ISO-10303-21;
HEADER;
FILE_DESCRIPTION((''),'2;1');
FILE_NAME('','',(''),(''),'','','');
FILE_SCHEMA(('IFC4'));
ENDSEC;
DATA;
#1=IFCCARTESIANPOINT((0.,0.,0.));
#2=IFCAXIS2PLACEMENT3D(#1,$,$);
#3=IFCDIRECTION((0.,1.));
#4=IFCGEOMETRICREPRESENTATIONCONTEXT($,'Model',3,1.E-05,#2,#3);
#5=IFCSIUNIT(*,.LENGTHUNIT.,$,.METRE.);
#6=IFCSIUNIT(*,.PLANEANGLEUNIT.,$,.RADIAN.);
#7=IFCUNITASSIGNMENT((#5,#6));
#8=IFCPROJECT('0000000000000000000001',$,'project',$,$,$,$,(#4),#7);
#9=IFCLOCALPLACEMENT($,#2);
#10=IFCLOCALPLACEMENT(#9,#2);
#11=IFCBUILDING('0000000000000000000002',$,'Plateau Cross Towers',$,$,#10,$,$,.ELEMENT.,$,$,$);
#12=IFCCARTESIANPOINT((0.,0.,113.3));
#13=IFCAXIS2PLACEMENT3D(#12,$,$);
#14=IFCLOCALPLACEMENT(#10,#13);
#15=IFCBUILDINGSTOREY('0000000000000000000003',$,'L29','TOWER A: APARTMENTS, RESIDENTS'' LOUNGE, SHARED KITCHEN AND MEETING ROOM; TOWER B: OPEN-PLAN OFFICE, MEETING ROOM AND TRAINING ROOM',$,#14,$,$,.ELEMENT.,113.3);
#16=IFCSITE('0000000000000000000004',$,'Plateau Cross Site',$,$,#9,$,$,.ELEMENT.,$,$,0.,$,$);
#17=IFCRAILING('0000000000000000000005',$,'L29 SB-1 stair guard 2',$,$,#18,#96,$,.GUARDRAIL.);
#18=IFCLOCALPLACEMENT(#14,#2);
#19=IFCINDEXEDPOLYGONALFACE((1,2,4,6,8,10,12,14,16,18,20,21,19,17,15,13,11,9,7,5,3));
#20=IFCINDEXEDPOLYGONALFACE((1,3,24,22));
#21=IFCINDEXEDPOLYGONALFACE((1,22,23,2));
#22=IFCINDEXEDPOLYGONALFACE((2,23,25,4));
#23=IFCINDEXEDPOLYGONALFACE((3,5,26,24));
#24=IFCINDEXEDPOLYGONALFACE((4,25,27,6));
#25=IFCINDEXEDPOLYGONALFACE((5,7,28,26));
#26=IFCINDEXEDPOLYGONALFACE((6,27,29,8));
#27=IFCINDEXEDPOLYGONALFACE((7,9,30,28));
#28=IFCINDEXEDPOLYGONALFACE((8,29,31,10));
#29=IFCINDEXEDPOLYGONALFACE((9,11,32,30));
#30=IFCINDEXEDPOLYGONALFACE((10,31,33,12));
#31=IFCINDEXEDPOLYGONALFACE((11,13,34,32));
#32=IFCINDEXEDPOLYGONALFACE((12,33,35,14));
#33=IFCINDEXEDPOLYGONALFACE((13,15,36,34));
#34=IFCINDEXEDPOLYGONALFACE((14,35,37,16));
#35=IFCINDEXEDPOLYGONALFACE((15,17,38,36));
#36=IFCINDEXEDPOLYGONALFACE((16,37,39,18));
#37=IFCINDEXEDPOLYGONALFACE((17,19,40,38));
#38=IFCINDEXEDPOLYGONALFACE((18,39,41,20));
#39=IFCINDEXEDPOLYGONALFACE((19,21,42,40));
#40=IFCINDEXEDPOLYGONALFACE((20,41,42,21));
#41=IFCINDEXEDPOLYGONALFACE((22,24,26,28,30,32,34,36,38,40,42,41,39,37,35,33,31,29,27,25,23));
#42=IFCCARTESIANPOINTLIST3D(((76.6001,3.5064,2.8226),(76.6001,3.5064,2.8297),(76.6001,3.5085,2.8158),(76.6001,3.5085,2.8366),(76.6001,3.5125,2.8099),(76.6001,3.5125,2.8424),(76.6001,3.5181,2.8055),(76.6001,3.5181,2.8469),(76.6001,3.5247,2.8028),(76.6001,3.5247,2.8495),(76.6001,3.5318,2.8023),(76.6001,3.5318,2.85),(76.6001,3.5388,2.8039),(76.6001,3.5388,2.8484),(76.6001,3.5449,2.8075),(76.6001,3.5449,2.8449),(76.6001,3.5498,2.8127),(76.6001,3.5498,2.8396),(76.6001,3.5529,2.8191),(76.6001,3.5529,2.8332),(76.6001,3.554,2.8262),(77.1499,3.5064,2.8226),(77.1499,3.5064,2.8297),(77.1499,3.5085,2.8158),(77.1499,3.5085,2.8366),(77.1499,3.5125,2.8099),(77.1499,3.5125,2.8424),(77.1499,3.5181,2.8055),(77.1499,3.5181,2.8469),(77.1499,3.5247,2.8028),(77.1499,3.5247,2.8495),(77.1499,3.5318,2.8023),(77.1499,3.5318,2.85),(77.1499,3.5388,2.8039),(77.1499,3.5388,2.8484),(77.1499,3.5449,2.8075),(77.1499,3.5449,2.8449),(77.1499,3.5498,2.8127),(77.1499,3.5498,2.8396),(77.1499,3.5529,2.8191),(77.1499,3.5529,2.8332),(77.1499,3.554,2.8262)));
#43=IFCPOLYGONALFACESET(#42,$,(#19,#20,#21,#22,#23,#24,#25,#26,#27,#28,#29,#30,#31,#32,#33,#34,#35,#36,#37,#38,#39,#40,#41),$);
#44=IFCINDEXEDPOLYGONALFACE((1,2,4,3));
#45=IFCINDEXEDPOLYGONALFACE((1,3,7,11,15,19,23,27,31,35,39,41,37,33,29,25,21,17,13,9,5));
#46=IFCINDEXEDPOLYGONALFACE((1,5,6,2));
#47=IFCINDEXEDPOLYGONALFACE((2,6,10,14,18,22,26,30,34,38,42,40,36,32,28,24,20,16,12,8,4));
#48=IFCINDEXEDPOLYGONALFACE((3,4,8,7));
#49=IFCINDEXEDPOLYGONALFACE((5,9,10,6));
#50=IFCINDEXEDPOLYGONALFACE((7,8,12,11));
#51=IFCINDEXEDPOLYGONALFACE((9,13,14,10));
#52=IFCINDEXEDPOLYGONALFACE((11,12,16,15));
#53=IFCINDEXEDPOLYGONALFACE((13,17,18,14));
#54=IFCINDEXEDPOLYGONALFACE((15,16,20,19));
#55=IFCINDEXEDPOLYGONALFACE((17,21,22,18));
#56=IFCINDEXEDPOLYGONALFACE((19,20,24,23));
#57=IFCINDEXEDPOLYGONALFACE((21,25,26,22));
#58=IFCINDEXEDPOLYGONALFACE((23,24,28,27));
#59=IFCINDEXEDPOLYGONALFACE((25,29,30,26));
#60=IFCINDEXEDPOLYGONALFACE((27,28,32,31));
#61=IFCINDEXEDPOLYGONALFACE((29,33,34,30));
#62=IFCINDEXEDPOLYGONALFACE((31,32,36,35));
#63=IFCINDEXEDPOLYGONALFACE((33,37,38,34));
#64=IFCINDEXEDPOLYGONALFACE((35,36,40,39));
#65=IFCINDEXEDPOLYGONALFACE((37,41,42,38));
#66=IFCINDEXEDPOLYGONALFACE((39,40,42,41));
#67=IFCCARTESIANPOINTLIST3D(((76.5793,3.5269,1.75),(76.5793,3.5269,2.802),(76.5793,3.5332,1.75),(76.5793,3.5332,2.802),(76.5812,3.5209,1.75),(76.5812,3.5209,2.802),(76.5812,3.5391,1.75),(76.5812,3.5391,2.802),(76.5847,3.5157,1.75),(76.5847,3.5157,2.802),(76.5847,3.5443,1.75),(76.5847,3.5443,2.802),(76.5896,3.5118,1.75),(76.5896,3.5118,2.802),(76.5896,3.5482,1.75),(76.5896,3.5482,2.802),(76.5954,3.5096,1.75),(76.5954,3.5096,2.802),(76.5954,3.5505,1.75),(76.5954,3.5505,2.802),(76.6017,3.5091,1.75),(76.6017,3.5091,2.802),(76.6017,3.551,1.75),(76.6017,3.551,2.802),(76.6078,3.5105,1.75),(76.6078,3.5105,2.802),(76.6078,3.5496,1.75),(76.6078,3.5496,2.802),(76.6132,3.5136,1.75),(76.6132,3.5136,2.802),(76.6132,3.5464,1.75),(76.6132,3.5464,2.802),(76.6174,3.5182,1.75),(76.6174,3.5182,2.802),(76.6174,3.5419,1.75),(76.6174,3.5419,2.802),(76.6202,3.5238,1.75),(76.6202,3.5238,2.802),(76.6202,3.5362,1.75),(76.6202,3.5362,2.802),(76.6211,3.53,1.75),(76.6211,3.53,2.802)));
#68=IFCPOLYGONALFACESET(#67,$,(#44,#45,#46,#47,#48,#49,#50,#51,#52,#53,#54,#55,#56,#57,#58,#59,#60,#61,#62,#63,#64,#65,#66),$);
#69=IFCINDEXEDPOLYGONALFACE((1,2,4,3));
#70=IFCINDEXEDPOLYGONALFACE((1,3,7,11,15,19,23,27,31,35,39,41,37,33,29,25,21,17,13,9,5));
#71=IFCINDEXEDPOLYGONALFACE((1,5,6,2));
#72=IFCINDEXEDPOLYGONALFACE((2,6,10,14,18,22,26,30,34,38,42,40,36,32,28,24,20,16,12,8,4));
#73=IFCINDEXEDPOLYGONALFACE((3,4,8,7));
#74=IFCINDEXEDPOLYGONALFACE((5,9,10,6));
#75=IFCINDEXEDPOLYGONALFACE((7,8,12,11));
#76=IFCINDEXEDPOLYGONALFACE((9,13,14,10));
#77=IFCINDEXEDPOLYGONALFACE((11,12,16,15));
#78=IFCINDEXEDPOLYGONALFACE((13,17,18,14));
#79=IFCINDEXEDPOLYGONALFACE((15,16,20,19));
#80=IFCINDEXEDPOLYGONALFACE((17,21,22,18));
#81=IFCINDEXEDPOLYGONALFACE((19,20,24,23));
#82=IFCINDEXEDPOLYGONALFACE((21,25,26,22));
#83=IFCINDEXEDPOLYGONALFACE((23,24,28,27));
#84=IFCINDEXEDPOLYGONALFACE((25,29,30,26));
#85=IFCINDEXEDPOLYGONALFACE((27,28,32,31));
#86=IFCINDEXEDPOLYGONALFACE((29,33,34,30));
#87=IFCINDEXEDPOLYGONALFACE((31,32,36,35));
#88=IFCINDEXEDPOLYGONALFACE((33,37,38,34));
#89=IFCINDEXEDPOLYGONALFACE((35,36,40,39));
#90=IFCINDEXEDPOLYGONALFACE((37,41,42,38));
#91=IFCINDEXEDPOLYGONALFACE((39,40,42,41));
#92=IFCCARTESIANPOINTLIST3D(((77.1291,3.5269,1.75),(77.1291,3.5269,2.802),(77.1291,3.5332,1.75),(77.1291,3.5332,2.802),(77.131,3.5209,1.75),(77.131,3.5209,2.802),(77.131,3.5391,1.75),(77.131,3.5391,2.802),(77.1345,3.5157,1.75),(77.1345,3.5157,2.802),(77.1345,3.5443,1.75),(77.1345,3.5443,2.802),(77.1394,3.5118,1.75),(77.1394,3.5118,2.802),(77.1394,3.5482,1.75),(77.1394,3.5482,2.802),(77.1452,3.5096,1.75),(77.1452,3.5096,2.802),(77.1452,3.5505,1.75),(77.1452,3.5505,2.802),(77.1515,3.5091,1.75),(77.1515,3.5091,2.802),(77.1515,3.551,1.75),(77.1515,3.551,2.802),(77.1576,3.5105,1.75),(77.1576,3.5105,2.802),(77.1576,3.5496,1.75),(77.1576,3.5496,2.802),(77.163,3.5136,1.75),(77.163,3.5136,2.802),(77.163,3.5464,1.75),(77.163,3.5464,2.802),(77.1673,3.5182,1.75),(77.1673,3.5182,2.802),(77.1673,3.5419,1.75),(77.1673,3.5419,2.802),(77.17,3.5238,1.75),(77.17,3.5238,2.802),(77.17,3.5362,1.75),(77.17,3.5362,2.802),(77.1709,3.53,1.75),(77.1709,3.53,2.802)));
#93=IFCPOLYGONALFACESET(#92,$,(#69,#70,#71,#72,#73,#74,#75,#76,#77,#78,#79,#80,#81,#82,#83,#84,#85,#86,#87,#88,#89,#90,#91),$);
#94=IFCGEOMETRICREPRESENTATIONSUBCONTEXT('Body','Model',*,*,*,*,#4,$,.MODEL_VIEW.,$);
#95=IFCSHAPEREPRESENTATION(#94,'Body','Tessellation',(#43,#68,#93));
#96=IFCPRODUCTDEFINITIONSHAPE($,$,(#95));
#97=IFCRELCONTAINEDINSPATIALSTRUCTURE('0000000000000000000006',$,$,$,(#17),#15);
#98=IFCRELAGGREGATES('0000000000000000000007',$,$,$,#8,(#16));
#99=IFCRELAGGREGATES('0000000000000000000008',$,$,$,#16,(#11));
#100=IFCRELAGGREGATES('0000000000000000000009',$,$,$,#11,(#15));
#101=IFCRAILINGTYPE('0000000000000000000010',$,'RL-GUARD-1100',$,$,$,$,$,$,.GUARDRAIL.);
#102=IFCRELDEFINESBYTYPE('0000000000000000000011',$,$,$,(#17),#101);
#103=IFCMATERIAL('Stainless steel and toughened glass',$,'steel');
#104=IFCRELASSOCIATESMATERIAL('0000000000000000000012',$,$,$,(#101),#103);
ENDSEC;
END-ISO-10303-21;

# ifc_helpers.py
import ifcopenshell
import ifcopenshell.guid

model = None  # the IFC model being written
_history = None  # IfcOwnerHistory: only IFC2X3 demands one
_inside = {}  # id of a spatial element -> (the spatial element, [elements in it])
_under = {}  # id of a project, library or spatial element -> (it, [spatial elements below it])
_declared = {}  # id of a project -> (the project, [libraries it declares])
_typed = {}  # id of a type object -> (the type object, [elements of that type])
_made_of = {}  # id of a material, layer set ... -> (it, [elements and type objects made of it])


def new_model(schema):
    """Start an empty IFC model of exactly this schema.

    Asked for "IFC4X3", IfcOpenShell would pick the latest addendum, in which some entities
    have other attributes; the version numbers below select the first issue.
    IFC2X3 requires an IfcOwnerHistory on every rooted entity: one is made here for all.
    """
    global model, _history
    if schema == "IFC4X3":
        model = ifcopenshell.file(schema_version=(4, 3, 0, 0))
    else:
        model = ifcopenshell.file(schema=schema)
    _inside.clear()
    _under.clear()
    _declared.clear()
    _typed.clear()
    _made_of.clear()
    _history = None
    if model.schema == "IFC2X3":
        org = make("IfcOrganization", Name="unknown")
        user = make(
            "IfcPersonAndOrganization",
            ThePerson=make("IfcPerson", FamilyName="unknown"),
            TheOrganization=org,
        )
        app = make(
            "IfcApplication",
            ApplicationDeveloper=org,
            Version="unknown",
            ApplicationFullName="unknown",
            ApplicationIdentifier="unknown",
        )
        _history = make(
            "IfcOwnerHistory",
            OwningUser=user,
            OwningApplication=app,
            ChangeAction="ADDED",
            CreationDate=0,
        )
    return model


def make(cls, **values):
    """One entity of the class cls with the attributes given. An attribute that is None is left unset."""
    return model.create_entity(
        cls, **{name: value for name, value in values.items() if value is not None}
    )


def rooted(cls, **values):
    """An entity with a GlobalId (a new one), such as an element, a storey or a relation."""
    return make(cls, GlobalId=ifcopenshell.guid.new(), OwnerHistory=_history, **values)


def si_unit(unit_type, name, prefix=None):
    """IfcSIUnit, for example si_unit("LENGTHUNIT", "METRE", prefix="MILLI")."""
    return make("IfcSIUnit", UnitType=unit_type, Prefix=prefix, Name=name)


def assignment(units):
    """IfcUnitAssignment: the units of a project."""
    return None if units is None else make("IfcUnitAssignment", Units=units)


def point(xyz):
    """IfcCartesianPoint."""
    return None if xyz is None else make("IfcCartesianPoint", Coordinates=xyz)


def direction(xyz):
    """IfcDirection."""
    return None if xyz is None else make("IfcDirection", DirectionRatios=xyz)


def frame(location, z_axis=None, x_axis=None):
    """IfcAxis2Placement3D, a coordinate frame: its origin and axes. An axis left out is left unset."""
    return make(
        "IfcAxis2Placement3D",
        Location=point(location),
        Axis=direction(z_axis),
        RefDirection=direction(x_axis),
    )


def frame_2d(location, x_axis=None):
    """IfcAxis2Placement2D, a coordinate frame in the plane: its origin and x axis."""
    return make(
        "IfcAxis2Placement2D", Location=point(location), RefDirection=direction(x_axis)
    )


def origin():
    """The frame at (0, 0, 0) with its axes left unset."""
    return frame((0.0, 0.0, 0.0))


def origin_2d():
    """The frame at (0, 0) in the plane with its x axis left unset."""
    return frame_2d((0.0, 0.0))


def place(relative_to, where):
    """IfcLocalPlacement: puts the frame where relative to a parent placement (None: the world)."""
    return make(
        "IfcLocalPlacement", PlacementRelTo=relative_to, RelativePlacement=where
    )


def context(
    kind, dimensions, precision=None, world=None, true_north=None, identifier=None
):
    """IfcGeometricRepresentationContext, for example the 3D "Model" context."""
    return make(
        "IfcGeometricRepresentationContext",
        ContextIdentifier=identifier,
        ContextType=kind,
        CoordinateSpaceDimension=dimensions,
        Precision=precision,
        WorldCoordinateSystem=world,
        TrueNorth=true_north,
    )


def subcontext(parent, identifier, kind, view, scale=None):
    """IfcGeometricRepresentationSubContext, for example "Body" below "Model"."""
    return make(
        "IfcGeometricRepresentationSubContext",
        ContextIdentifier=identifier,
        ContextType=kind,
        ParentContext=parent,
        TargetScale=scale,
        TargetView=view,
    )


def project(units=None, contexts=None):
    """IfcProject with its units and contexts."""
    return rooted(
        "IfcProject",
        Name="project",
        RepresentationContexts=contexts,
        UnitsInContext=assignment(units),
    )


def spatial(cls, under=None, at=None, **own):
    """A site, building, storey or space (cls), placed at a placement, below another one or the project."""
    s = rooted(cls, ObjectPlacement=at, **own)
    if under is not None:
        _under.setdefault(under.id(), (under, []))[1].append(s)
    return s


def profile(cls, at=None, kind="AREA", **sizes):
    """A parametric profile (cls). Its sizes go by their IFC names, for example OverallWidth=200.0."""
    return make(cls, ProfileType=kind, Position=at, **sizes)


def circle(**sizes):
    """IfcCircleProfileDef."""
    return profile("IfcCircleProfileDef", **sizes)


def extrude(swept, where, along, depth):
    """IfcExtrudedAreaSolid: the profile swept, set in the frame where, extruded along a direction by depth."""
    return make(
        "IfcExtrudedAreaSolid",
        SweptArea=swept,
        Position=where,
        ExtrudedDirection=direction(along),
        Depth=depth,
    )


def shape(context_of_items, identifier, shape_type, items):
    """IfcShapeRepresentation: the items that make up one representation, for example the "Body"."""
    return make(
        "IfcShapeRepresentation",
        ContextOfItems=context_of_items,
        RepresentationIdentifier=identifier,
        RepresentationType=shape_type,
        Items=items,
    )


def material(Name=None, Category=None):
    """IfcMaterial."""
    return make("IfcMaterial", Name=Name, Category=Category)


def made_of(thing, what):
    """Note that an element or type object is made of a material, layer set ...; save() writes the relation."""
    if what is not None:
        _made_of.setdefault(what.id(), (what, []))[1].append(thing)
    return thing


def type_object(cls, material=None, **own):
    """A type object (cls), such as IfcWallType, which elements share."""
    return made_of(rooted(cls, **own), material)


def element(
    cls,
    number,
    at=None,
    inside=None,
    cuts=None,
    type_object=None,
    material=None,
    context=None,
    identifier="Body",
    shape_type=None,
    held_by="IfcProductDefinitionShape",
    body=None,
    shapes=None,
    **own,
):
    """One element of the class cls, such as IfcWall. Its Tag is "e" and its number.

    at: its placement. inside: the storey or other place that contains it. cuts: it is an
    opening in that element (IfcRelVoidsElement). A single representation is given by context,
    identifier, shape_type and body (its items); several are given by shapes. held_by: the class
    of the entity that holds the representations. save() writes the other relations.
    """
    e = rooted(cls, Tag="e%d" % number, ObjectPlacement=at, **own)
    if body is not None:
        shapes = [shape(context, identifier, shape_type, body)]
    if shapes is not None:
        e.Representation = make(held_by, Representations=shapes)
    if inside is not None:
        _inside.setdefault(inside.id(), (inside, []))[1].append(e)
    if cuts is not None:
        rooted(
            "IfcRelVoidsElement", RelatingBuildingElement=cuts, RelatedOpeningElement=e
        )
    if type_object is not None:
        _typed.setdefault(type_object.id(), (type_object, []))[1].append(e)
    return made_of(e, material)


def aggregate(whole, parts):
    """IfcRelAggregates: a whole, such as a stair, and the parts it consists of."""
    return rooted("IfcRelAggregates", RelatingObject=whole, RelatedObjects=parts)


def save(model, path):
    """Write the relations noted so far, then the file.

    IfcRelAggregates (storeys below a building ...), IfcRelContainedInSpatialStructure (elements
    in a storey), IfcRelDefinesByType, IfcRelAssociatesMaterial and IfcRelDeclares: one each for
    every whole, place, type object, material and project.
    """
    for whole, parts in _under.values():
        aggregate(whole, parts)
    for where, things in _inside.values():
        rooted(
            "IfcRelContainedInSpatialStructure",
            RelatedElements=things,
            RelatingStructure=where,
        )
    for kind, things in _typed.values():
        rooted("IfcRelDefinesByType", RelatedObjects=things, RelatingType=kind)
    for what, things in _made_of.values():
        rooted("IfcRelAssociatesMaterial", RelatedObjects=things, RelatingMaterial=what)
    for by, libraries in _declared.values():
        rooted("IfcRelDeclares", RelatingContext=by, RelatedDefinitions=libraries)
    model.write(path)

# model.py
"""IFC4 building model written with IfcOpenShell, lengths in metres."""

from ifc_helpers import new_model, si_unit, direction, frame, origin, origin_2d, place, context, subcontext, project, spatial, circle, extrude, material, type_object, element, save


model = new_model("IFC4")

# Units and contexts
model_context = context("Model", 3, precision=1e-05, world=origin(), true_north=direction((0.0, 1.0)))
body_context = subcontext(model_context, "Body", "Model", "MODEL_VIEW")
ifc_project = project(units=[si_unit("LENGTHUNIT", "METRE"), si_unit("PLANEANGLEUNIT", "RADIAN")], contexts=[model_context])

# Site, building, storey
site_placement = place(None, origin())
site = spatial("IfcSite", under=ifc_project, at=site_placement, Name="Plateau Cross Site", CompositionType="ELEMENT", RefElevation=0.0)
building_placement = place(site_placement, origin())
building = spatial("IfcBuilding", under=site, at=building_placement, Name="Plateau Cross Towers", CompositionType="ELEMENT")
storey_placement = place(building_placement, frame((0.0, 0.0, 113.3)))
storey = spatial("IfcBuildingStorey", under=building, at=storey_placement, Name="L29", Description="TOWER A: APARTMENTS, RESIDENTS' LOUNGE, SHARED KITCHEN AND MEETING ROOM; TOWER B: OPEN-PLAN OFFICE, MEETING ROOM AND TRAINING ROOM", CompositionType="ELEMENT", Elevation=113.3)

# Railing
ifc_material_1 = material(Name="Stainless steel and toughened glass", Category="steel")
railing_type_1 = type_object("IfcRailingType", Name="RL-GUARD-1100", PredefinedType="GUARDRAIL", material=ifc_material_1)
railing_1_placement = place(storey_placement, frame((76.6001, 3.53, 1.75)))
element("IfcRailing", 1, at=railing_1_placement, inside=storey, type_object=railing_type_1, Name="L29 SB-1 stair guard 2", PredefinedType="GUARDRAIL", context=body_context, shape_type="SweptSolid", body=[
    extrude(circle(Radius=0.0239, at=origin_2d()), frame((0.0, 0.0, 1.0762), z_axis=(1.0, 0.0, 0.0), x_axis=(0.0, 1.0, 0.0)), (0.0, 0.0, 1.0), 0.5498),
    extrude(circle(Radius=0.021, at=origin_2d()), origin(), (0.0, 0.0, 1.0), 1.052),
    extrude(circle(Radius=0.021, at=origin_2d()), frame((0.5498, 0.0, 0.0)), (0.0, 0.0, 1.0), 1.052),
])

save(model, "model.ifc")
